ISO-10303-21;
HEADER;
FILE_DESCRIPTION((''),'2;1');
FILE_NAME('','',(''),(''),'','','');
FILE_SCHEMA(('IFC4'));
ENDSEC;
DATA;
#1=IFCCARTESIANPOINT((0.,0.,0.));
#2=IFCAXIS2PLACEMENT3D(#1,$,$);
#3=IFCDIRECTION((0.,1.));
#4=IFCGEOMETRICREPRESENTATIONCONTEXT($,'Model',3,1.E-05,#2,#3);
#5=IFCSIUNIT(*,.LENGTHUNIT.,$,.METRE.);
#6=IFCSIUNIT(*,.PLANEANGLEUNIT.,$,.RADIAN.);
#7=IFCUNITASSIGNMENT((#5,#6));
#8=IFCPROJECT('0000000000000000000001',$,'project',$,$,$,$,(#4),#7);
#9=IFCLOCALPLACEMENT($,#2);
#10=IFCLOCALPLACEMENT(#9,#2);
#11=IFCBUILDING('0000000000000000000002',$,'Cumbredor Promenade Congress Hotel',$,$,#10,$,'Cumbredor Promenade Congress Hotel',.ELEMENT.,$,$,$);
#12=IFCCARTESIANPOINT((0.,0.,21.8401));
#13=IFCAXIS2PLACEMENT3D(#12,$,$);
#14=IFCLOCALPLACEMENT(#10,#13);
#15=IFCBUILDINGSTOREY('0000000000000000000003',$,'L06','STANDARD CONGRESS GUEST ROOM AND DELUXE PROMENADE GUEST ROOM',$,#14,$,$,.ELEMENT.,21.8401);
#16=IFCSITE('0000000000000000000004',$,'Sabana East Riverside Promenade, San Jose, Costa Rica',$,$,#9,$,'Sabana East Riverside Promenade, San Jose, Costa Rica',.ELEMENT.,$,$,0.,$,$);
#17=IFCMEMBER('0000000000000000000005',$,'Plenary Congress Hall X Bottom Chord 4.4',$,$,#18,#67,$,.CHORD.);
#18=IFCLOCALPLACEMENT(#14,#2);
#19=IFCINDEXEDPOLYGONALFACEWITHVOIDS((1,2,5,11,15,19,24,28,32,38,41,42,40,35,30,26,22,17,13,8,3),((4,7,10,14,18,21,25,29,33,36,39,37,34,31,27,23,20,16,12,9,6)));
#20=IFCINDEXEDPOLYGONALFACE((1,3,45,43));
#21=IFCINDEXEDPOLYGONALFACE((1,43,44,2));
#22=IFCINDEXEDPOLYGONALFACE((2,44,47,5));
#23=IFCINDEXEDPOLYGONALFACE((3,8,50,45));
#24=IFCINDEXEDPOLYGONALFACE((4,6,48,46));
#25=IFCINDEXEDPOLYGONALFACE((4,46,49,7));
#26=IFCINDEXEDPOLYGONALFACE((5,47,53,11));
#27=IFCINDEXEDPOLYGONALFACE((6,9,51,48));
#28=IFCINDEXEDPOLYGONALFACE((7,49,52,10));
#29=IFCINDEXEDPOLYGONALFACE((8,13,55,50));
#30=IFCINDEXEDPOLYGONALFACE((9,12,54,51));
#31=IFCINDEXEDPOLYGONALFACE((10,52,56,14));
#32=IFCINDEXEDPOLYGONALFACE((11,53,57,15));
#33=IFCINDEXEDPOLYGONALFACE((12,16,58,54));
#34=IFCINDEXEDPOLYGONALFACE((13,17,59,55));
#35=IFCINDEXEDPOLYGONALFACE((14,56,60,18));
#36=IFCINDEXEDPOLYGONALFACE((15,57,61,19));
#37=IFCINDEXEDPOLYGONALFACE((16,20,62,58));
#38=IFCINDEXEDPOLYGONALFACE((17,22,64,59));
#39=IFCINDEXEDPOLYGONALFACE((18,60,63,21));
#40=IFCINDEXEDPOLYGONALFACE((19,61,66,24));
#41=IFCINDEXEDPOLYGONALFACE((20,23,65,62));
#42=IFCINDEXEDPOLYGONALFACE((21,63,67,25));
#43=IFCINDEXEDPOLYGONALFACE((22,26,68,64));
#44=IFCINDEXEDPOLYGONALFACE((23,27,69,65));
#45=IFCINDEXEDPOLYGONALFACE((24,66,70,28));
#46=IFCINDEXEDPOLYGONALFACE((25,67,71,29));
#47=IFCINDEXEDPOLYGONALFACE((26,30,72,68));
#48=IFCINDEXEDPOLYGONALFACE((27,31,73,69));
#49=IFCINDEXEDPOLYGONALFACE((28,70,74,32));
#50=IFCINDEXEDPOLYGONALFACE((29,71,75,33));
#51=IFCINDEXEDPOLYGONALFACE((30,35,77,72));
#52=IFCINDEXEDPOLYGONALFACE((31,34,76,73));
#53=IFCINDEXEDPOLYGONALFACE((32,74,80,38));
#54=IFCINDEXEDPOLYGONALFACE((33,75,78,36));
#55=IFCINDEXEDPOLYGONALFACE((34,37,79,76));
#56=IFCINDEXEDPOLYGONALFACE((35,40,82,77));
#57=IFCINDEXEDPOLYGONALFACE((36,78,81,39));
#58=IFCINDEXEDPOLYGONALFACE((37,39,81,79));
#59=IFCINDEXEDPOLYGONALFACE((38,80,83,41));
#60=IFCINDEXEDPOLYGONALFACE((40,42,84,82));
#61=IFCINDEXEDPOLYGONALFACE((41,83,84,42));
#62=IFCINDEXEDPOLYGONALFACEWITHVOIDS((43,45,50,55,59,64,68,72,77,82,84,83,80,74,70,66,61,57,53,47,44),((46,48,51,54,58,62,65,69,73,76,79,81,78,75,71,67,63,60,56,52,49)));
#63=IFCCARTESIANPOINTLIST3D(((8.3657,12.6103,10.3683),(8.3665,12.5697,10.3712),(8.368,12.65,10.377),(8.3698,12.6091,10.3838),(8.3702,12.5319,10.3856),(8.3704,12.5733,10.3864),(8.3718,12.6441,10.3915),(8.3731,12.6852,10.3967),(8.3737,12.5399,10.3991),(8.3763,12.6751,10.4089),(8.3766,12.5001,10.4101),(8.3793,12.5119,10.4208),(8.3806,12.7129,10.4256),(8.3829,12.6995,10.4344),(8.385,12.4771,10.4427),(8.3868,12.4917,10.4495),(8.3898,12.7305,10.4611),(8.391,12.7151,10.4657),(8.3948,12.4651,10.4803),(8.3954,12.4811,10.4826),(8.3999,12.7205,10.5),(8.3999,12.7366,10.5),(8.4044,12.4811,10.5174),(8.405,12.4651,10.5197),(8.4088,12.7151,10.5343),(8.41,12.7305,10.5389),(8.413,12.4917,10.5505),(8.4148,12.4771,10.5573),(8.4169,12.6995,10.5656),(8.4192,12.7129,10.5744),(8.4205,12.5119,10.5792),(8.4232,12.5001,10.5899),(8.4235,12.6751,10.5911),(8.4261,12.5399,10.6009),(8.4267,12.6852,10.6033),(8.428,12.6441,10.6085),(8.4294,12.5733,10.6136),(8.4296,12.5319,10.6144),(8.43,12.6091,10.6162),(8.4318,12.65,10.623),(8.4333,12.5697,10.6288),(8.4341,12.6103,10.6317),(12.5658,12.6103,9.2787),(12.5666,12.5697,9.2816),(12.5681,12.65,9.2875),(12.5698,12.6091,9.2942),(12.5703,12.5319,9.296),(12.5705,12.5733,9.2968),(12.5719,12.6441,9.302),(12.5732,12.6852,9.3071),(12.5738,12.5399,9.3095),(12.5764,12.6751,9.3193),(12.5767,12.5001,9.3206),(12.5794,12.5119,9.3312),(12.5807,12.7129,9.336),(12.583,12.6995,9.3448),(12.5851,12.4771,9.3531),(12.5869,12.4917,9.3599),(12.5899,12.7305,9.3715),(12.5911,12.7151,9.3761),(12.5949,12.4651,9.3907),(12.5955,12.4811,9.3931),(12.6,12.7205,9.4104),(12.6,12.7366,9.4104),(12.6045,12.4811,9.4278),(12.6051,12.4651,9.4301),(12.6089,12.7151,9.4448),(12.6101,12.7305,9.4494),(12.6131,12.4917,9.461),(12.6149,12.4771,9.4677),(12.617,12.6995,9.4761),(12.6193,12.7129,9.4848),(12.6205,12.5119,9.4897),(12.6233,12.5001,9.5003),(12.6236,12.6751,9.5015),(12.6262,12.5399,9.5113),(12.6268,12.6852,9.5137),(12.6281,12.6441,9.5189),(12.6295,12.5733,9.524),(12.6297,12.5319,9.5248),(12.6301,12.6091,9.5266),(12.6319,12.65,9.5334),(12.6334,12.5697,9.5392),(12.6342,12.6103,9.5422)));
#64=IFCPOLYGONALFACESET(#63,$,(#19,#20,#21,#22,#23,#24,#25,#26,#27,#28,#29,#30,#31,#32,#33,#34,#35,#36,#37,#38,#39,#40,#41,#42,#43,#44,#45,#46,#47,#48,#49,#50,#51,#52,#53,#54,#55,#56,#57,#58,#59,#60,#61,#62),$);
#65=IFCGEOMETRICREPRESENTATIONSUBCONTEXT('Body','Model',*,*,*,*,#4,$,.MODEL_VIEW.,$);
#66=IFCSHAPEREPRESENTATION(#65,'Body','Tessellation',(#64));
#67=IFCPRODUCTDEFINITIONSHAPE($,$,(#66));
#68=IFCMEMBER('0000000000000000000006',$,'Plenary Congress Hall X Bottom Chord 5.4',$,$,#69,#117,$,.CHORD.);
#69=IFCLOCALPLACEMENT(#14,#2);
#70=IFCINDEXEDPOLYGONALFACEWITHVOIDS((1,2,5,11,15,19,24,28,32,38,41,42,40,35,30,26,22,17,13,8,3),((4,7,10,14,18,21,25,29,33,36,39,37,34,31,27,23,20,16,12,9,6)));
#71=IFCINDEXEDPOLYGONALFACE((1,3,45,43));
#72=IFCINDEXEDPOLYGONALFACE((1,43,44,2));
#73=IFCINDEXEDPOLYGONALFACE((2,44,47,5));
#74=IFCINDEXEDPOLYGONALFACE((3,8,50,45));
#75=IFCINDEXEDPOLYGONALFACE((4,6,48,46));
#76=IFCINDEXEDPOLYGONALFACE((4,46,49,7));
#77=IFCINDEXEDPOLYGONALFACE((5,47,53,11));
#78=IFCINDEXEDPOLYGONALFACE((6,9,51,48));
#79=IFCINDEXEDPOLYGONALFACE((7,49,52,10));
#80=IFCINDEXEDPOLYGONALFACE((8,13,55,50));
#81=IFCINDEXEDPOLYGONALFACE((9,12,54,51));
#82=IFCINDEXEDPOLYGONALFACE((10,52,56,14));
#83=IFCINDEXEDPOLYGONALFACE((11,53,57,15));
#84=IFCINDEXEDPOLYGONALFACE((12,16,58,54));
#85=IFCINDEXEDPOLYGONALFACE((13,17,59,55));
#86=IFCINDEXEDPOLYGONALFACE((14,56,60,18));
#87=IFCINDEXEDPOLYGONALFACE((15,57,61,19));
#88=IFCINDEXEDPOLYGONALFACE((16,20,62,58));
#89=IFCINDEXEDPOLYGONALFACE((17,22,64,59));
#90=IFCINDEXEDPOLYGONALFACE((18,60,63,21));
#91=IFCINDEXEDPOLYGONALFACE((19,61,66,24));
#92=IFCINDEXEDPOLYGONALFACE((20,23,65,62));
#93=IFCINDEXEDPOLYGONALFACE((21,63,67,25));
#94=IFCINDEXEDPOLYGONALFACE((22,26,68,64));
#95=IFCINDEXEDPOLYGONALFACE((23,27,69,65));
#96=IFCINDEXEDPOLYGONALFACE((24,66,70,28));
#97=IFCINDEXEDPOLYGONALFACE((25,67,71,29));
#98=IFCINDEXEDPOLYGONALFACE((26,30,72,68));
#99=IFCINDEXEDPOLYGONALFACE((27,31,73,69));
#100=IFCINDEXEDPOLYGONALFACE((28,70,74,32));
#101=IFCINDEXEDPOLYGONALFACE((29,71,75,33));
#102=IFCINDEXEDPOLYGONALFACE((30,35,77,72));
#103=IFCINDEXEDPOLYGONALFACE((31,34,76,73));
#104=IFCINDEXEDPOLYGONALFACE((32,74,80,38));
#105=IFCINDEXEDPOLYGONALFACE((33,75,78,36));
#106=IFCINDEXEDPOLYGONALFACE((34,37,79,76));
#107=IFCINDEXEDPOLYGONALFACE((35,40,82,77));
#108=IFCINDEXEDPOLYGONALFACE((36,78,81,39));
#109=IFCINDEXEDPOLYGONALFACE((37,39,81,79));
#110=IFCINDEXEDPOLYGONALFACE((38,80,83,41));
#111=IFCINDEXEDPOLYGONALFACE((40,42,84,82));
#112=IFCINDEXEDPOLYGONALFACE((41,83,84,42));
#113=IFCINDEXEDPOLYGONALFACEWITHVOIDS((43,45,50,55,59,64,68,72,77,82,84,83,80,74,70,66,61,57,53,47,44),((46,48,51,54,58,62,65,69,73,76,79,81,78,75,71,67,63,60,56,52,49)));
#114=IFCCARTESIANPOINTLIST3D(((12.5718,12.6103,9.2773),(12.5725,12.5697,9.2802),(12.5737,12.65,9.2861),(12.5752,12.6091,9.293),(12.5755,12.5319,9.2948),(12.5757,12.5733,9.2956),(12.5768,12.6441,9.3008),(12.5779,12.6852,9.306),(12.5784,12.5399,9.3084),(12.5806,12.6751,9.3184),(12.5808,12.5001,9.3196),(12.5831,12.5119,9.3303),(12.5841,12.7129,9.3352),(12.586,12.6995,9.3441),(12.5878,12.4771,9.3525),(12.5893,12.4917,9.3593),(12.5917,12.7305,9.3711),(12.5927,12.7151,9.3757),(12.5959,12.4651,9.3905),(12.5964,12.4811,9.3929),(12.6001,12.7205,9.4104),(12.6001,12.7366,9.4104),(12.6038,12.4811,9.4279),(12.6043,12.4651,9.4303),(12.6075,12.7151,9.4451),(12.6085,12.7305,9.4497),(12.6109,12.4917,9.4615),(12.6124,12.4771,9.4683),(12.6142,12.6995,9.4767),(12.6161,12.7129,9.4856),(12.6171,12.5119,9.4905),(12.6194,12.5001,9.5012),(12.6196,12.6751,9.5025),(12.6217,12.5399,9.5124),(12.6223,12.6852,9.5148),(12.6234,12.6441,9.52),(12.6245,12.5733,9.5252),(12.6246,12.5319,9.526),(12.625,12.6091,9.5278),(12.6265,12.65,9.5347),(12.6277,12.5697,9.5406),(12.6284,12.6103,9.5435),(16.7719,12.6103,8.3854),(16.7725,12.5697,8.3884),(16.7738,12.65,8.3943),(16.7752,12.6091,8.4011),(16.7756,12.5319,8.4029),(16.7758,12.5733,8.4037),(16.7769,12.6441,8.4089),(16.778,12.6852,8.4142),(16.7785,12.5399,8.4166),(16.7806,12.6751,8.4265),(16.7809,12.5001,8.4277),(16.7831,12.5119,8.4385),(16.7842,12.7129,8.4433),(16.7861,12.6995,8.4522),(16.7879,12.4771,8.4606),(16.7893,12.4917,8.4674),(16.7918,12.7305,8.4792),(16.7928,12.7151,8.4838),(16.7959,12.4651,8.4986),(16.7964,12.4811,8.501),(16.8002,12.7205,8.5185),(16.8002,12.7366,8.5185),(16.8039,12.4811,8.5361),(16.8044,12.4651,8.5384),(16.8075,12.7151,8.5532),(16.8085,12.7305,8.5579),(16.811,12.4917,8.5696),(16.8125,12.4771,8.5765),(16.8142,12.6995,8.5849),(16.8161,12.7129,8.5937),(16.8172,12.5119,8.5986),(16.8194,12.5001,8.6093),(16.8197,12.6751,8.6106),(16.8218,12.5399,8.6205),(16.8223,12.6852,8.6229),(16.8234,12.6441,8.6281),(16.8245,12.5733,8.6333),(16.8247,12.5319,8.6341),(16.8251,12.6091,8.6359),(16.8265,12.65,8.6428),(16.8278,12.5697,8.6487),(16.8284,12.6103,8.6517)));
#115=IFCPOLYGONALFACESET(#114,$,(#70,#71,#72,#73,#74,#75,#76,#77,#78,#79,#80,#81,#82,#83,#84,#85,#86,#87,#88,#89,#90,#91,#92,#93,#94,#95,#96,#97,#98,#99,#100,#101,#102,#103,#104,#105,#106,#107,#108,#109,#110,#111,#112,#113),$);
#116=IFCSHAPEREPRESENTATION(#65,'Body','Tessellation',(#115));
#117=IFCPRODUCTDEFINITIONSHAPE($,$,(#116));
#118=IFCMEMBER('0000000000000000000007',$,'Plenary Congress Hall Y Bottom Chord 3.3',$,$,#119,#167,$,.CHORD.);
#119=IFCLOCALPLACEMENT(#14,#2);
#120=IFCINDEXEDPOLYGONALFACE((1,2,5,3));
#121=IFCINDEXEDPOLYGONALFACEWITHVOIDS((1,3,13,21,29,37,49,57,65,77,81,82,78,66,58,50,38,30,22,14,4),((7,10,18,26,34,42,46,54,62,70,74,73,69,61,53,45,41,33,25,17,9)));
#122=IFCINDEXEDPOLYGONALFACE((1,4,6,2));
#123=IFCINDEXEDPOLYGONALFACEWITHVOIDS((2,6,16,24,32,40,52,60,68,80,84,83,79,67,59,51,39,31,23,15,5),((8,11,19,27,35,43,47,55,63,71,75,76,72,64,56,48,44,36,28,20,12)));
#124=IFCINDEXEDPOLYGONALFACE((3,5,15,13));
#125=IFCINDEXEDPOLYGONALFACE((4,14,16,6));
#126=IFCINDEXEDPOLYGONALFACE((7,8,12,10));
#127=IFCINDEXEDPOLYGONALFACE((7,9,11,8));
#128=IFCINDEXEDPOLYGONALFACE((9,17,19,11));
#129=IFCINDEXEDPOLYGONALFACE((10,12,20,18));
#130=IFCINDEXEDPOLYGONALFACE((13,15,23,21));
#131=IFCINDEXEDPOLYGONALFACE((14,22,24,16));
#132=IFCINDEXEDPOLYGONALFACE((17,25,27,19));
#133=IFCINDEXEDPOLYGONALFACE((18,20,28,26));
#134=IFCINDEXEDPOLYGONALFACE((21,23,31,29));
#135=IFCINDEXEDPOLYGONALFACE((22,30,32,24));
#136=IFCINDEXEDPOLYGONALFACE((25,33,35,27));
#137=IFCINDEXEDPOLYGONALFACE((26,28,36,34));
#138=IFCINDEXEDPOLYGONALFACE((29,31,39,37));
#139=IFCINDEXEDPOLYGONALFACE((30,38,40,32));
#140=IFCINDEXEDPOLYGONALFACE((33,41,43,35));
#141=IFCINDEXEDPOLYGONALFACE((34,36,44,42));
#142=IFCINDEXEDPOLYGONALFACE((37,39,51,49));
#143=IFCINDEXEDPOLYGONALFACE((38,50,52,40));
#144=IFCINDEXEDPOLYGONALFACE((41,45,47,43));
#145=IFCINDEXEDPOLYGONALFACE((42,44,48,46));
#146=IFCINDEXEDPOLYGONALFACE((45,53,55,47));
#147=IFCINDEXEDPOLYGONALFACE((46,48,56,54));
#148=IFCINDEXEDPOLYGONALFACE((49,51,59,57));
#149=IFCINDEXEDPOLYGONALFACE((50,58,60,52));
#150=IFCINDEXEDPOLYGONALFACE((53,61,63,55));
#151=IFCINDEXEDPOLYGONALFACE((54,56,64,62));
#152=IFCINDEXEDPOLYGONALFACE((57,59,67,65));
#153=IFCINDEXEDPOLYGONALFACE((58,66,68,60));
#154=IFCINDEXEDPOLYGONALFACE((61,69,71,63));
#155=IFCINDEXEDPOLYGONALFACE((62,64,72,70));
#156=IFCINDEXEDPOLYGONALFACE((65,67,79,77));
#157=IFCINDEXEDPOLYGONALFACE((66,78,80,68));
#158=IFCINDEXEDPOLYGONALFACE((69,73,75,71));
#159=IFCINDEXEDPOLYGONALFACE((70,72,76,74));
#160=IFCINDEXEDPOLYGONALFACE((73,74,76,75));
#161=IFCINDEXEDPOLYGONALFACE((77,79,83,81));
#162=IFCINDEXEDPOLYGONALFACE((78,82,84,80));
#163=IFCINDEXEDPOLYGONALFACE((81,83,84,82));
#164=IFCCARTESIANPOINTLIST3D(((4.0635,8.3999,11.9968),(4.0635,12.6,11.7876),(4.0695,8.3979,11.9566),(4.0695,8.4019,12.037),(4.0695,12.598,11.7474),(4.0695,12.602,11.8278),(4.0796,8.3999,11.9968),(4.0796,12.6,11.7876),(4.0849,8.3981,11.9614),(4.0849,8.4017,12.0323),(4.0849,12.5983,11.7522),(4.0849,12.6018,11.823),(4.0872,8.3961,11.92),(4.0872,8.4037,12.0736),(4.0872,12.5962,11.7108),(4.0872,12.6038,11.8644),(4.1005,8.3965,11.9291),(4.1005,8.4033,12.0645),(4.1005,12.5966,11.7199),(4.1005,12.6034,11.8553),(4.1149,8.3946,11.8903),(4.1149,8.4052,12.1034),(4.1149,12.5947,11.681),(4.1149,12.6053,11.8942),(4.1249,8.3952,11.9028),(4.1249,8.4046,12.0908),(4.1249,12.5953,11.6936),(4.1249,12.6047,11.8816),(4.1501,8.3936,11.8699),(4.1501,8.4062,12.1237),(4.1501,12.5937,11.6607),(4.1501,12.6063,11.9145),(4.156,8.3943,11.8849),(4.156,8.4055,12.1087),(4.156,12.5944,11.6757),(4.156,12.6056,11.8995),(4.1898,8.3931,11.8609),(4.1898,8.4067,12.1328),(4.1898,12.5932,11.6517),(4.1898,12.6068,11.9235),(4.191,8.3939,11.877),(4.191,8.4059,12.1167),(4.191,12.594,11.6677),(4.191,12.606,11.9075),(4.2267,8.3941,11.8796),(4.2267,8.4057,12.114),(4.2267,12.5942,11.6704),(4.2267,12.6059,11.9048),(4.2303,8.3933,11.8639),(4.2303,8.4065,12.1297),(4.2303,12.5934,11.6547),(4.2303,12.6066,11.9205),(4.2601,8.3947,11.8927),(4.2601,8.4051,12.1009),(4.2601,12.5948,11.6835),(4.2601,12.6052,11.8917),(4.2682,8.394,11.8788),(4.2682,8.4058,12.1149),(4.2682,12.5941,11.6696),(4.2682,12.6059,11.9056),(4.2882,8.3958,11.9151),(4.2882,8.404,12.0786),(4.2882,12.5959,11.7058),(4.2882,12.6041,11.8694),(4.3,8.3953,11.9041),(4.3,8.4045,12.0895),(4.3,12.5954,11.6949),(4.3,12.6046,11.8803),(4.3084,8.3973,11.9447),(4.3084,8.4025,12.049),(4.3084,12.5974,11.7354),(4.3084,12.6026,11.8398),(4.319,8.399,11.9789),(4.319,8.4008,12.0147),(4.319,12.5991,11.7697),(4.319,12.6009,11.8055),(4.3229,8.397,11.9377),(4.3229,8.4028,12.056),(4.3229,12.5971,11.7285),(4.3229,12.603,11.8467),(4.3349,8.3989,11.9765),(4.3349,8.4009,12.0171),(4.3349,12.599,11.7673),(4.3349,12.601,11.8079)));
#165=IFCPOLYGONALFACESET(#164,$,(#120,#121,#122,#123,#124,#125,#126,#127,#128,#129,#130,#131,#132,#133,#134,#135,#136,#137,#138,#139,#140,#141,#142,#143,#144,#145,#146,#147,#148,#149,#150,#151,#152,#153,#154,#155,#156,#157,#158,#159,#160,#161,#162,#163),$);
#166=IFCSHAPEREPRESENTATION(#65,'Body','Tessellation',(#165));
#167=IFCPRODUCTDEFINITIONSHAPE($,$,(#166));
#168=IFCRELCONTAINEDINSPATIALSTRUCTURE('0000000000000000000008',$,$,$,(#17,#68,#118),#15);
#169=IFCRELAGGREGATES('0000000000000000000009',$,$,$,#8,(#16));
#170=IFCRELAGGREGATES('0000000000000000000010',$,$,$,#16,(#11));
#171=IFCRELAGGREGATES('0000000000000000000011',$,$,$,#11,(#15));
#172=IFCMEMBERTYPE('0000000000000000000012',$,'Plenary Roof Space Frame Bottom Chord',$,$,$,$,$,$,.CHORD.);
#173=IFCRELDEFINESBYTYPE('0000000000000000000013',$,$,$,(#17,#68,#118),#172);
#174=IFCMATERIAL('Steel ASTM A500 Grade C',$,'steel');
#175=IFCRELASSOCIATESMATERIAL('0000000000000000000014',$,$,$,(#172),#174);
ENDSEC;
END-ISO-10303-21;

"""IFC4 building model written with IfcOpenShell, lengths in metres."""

from ifc_helpers import new_model, si_unit, direction, frame, origin, origin_2d, place, context, subcontext, project, spatial, hollow_circle, extrude, material, material_profile, profile_set, type_object, element, save


model = new_model("IFC4")

# Units and contexts
model_context = context("Model", 3, precision=1e-05, world=origin(), true_north=direction((0.0, 1.0)))
body_context = subcontext(model_context, "Body", "Model", "MODEL_VIEW")
ifc_project = project(units=[si_unit("LENGTHUNIT", "METRE"), si_unit("PLANEANGLEUNIT", "RADIAN")], contexts=[model_context])

# Site, building, storey
site_placement = place(None, origin())
site = spatial("IfcSite", under=ifc_project, at=site_placement, Name="Sabana East Riverside Promenade, San Jose, Costa Rica", LongName="Sabana East Riverside Promenade, San Jose, Costa Rica", CompositionType="ELEMENT", RefElevation=0.0)
building_placement = place(site_placement, origin())
building = spatial("IfcBuilding", under=site, at=building_placement, Name="Cumbredor Promenade Congress Hotel", LongName="Cumbredor Promenade Congress Hotel", CompositionType="ELEMENT")
storey_placement = place(building_placement, frame((0.0, 0.0, 21.8401)))
storey = spatial("IfcBuildingStorey", under=building, at=storey_placement, Name="L06", Description="STANDARD CONGRESS GUEST ROOM AND DELUXE PROMENADE GUEST ROOM", CompositionType="ELEMENT", Elevation=21.8401)

# Members
ifc_material_1 = material(Name="Steel ASTM A500 Grade C", Category="steel")
ifc_material_profile_1 = material_profile(ifc_material_1, hollow_circle(Radius=0.1365, WallThickness=0.0161, at=origin_2d()), Name="CHS 273.0x16")
ifc_profile_set_1 = profile_set([ifc_material_profile_1], Name="Steel ASTM A500 Grade C")
member_type_1 = type_object("IfcMemberType", Name="Plenary Roof Space Frame Bottom Chord", PredefinedType="CHORD", material=ifc_profile_set_1)
member_1_placement = place(storey_placement, frame((8.3999, 12.6001, 10.5), z_axis=(0.96796, 0.0, -0.251105), x_axis=(0.0, 1.0, 0.0)))
element("IfcMember", 1, at=member_1_placement, inside=storey, type_object=member_type_1, Name="Plenary Congress Hall X Bottom Chord 4.4", PredefinedType="CHORD", context=body_context, shape_type="SweptSolid", body=[
    extrude(hollow_circle(Radius=0.1365, WallThickness=0.0161, at=origin_2d()), origin(), (0.0, 0.0, 1.0), 4.3391),
])
member_2_placement = place(storey_placement, frame((12.6001, 12.6001, 9.4104), z_axis=(0.978189, 0.0, -0.207715), x_axis=(0.0, 1.0, 0.0)))
element("IfcMember", 2, at=member_2_placement, inside=storey, type_object=member_type_1, Name="Plenary Congress Hall X Bottom Chord 5.4", PredefinedType="CHORD", context=body_context, shape_type="SweptSolid", body=[
    extrude(hollow_circle(Radius=0.1365, WallThickness=0.0161, at=origin_2d()), origin(), (0.0, 0.0, 1.0), 4.2937),
])
member_3_placement = place(storey_placement, frame((4.2, 8.3999, 11.9968), z_axis=(0.0, 0.998762, -0.049752), x_axis=(-1.0, 0.0, 0.0)))
element("IfcMember", 3, at=member_3_placement, inside=storey, type_object=member_type_1, Name="Plenary Congress Hall Y Bottom Chord 3.3", PredefinedType="CHORD", context=body_context, shape_type="SweptSolid", body=[
    extrude(hollow_circle(Radius=0.1365, WallThickness=0.0161, at=origin_2d()), origin(), (0.0, 0.0, 1.0), 4.2053),
])

save(model, "model.ifc")
